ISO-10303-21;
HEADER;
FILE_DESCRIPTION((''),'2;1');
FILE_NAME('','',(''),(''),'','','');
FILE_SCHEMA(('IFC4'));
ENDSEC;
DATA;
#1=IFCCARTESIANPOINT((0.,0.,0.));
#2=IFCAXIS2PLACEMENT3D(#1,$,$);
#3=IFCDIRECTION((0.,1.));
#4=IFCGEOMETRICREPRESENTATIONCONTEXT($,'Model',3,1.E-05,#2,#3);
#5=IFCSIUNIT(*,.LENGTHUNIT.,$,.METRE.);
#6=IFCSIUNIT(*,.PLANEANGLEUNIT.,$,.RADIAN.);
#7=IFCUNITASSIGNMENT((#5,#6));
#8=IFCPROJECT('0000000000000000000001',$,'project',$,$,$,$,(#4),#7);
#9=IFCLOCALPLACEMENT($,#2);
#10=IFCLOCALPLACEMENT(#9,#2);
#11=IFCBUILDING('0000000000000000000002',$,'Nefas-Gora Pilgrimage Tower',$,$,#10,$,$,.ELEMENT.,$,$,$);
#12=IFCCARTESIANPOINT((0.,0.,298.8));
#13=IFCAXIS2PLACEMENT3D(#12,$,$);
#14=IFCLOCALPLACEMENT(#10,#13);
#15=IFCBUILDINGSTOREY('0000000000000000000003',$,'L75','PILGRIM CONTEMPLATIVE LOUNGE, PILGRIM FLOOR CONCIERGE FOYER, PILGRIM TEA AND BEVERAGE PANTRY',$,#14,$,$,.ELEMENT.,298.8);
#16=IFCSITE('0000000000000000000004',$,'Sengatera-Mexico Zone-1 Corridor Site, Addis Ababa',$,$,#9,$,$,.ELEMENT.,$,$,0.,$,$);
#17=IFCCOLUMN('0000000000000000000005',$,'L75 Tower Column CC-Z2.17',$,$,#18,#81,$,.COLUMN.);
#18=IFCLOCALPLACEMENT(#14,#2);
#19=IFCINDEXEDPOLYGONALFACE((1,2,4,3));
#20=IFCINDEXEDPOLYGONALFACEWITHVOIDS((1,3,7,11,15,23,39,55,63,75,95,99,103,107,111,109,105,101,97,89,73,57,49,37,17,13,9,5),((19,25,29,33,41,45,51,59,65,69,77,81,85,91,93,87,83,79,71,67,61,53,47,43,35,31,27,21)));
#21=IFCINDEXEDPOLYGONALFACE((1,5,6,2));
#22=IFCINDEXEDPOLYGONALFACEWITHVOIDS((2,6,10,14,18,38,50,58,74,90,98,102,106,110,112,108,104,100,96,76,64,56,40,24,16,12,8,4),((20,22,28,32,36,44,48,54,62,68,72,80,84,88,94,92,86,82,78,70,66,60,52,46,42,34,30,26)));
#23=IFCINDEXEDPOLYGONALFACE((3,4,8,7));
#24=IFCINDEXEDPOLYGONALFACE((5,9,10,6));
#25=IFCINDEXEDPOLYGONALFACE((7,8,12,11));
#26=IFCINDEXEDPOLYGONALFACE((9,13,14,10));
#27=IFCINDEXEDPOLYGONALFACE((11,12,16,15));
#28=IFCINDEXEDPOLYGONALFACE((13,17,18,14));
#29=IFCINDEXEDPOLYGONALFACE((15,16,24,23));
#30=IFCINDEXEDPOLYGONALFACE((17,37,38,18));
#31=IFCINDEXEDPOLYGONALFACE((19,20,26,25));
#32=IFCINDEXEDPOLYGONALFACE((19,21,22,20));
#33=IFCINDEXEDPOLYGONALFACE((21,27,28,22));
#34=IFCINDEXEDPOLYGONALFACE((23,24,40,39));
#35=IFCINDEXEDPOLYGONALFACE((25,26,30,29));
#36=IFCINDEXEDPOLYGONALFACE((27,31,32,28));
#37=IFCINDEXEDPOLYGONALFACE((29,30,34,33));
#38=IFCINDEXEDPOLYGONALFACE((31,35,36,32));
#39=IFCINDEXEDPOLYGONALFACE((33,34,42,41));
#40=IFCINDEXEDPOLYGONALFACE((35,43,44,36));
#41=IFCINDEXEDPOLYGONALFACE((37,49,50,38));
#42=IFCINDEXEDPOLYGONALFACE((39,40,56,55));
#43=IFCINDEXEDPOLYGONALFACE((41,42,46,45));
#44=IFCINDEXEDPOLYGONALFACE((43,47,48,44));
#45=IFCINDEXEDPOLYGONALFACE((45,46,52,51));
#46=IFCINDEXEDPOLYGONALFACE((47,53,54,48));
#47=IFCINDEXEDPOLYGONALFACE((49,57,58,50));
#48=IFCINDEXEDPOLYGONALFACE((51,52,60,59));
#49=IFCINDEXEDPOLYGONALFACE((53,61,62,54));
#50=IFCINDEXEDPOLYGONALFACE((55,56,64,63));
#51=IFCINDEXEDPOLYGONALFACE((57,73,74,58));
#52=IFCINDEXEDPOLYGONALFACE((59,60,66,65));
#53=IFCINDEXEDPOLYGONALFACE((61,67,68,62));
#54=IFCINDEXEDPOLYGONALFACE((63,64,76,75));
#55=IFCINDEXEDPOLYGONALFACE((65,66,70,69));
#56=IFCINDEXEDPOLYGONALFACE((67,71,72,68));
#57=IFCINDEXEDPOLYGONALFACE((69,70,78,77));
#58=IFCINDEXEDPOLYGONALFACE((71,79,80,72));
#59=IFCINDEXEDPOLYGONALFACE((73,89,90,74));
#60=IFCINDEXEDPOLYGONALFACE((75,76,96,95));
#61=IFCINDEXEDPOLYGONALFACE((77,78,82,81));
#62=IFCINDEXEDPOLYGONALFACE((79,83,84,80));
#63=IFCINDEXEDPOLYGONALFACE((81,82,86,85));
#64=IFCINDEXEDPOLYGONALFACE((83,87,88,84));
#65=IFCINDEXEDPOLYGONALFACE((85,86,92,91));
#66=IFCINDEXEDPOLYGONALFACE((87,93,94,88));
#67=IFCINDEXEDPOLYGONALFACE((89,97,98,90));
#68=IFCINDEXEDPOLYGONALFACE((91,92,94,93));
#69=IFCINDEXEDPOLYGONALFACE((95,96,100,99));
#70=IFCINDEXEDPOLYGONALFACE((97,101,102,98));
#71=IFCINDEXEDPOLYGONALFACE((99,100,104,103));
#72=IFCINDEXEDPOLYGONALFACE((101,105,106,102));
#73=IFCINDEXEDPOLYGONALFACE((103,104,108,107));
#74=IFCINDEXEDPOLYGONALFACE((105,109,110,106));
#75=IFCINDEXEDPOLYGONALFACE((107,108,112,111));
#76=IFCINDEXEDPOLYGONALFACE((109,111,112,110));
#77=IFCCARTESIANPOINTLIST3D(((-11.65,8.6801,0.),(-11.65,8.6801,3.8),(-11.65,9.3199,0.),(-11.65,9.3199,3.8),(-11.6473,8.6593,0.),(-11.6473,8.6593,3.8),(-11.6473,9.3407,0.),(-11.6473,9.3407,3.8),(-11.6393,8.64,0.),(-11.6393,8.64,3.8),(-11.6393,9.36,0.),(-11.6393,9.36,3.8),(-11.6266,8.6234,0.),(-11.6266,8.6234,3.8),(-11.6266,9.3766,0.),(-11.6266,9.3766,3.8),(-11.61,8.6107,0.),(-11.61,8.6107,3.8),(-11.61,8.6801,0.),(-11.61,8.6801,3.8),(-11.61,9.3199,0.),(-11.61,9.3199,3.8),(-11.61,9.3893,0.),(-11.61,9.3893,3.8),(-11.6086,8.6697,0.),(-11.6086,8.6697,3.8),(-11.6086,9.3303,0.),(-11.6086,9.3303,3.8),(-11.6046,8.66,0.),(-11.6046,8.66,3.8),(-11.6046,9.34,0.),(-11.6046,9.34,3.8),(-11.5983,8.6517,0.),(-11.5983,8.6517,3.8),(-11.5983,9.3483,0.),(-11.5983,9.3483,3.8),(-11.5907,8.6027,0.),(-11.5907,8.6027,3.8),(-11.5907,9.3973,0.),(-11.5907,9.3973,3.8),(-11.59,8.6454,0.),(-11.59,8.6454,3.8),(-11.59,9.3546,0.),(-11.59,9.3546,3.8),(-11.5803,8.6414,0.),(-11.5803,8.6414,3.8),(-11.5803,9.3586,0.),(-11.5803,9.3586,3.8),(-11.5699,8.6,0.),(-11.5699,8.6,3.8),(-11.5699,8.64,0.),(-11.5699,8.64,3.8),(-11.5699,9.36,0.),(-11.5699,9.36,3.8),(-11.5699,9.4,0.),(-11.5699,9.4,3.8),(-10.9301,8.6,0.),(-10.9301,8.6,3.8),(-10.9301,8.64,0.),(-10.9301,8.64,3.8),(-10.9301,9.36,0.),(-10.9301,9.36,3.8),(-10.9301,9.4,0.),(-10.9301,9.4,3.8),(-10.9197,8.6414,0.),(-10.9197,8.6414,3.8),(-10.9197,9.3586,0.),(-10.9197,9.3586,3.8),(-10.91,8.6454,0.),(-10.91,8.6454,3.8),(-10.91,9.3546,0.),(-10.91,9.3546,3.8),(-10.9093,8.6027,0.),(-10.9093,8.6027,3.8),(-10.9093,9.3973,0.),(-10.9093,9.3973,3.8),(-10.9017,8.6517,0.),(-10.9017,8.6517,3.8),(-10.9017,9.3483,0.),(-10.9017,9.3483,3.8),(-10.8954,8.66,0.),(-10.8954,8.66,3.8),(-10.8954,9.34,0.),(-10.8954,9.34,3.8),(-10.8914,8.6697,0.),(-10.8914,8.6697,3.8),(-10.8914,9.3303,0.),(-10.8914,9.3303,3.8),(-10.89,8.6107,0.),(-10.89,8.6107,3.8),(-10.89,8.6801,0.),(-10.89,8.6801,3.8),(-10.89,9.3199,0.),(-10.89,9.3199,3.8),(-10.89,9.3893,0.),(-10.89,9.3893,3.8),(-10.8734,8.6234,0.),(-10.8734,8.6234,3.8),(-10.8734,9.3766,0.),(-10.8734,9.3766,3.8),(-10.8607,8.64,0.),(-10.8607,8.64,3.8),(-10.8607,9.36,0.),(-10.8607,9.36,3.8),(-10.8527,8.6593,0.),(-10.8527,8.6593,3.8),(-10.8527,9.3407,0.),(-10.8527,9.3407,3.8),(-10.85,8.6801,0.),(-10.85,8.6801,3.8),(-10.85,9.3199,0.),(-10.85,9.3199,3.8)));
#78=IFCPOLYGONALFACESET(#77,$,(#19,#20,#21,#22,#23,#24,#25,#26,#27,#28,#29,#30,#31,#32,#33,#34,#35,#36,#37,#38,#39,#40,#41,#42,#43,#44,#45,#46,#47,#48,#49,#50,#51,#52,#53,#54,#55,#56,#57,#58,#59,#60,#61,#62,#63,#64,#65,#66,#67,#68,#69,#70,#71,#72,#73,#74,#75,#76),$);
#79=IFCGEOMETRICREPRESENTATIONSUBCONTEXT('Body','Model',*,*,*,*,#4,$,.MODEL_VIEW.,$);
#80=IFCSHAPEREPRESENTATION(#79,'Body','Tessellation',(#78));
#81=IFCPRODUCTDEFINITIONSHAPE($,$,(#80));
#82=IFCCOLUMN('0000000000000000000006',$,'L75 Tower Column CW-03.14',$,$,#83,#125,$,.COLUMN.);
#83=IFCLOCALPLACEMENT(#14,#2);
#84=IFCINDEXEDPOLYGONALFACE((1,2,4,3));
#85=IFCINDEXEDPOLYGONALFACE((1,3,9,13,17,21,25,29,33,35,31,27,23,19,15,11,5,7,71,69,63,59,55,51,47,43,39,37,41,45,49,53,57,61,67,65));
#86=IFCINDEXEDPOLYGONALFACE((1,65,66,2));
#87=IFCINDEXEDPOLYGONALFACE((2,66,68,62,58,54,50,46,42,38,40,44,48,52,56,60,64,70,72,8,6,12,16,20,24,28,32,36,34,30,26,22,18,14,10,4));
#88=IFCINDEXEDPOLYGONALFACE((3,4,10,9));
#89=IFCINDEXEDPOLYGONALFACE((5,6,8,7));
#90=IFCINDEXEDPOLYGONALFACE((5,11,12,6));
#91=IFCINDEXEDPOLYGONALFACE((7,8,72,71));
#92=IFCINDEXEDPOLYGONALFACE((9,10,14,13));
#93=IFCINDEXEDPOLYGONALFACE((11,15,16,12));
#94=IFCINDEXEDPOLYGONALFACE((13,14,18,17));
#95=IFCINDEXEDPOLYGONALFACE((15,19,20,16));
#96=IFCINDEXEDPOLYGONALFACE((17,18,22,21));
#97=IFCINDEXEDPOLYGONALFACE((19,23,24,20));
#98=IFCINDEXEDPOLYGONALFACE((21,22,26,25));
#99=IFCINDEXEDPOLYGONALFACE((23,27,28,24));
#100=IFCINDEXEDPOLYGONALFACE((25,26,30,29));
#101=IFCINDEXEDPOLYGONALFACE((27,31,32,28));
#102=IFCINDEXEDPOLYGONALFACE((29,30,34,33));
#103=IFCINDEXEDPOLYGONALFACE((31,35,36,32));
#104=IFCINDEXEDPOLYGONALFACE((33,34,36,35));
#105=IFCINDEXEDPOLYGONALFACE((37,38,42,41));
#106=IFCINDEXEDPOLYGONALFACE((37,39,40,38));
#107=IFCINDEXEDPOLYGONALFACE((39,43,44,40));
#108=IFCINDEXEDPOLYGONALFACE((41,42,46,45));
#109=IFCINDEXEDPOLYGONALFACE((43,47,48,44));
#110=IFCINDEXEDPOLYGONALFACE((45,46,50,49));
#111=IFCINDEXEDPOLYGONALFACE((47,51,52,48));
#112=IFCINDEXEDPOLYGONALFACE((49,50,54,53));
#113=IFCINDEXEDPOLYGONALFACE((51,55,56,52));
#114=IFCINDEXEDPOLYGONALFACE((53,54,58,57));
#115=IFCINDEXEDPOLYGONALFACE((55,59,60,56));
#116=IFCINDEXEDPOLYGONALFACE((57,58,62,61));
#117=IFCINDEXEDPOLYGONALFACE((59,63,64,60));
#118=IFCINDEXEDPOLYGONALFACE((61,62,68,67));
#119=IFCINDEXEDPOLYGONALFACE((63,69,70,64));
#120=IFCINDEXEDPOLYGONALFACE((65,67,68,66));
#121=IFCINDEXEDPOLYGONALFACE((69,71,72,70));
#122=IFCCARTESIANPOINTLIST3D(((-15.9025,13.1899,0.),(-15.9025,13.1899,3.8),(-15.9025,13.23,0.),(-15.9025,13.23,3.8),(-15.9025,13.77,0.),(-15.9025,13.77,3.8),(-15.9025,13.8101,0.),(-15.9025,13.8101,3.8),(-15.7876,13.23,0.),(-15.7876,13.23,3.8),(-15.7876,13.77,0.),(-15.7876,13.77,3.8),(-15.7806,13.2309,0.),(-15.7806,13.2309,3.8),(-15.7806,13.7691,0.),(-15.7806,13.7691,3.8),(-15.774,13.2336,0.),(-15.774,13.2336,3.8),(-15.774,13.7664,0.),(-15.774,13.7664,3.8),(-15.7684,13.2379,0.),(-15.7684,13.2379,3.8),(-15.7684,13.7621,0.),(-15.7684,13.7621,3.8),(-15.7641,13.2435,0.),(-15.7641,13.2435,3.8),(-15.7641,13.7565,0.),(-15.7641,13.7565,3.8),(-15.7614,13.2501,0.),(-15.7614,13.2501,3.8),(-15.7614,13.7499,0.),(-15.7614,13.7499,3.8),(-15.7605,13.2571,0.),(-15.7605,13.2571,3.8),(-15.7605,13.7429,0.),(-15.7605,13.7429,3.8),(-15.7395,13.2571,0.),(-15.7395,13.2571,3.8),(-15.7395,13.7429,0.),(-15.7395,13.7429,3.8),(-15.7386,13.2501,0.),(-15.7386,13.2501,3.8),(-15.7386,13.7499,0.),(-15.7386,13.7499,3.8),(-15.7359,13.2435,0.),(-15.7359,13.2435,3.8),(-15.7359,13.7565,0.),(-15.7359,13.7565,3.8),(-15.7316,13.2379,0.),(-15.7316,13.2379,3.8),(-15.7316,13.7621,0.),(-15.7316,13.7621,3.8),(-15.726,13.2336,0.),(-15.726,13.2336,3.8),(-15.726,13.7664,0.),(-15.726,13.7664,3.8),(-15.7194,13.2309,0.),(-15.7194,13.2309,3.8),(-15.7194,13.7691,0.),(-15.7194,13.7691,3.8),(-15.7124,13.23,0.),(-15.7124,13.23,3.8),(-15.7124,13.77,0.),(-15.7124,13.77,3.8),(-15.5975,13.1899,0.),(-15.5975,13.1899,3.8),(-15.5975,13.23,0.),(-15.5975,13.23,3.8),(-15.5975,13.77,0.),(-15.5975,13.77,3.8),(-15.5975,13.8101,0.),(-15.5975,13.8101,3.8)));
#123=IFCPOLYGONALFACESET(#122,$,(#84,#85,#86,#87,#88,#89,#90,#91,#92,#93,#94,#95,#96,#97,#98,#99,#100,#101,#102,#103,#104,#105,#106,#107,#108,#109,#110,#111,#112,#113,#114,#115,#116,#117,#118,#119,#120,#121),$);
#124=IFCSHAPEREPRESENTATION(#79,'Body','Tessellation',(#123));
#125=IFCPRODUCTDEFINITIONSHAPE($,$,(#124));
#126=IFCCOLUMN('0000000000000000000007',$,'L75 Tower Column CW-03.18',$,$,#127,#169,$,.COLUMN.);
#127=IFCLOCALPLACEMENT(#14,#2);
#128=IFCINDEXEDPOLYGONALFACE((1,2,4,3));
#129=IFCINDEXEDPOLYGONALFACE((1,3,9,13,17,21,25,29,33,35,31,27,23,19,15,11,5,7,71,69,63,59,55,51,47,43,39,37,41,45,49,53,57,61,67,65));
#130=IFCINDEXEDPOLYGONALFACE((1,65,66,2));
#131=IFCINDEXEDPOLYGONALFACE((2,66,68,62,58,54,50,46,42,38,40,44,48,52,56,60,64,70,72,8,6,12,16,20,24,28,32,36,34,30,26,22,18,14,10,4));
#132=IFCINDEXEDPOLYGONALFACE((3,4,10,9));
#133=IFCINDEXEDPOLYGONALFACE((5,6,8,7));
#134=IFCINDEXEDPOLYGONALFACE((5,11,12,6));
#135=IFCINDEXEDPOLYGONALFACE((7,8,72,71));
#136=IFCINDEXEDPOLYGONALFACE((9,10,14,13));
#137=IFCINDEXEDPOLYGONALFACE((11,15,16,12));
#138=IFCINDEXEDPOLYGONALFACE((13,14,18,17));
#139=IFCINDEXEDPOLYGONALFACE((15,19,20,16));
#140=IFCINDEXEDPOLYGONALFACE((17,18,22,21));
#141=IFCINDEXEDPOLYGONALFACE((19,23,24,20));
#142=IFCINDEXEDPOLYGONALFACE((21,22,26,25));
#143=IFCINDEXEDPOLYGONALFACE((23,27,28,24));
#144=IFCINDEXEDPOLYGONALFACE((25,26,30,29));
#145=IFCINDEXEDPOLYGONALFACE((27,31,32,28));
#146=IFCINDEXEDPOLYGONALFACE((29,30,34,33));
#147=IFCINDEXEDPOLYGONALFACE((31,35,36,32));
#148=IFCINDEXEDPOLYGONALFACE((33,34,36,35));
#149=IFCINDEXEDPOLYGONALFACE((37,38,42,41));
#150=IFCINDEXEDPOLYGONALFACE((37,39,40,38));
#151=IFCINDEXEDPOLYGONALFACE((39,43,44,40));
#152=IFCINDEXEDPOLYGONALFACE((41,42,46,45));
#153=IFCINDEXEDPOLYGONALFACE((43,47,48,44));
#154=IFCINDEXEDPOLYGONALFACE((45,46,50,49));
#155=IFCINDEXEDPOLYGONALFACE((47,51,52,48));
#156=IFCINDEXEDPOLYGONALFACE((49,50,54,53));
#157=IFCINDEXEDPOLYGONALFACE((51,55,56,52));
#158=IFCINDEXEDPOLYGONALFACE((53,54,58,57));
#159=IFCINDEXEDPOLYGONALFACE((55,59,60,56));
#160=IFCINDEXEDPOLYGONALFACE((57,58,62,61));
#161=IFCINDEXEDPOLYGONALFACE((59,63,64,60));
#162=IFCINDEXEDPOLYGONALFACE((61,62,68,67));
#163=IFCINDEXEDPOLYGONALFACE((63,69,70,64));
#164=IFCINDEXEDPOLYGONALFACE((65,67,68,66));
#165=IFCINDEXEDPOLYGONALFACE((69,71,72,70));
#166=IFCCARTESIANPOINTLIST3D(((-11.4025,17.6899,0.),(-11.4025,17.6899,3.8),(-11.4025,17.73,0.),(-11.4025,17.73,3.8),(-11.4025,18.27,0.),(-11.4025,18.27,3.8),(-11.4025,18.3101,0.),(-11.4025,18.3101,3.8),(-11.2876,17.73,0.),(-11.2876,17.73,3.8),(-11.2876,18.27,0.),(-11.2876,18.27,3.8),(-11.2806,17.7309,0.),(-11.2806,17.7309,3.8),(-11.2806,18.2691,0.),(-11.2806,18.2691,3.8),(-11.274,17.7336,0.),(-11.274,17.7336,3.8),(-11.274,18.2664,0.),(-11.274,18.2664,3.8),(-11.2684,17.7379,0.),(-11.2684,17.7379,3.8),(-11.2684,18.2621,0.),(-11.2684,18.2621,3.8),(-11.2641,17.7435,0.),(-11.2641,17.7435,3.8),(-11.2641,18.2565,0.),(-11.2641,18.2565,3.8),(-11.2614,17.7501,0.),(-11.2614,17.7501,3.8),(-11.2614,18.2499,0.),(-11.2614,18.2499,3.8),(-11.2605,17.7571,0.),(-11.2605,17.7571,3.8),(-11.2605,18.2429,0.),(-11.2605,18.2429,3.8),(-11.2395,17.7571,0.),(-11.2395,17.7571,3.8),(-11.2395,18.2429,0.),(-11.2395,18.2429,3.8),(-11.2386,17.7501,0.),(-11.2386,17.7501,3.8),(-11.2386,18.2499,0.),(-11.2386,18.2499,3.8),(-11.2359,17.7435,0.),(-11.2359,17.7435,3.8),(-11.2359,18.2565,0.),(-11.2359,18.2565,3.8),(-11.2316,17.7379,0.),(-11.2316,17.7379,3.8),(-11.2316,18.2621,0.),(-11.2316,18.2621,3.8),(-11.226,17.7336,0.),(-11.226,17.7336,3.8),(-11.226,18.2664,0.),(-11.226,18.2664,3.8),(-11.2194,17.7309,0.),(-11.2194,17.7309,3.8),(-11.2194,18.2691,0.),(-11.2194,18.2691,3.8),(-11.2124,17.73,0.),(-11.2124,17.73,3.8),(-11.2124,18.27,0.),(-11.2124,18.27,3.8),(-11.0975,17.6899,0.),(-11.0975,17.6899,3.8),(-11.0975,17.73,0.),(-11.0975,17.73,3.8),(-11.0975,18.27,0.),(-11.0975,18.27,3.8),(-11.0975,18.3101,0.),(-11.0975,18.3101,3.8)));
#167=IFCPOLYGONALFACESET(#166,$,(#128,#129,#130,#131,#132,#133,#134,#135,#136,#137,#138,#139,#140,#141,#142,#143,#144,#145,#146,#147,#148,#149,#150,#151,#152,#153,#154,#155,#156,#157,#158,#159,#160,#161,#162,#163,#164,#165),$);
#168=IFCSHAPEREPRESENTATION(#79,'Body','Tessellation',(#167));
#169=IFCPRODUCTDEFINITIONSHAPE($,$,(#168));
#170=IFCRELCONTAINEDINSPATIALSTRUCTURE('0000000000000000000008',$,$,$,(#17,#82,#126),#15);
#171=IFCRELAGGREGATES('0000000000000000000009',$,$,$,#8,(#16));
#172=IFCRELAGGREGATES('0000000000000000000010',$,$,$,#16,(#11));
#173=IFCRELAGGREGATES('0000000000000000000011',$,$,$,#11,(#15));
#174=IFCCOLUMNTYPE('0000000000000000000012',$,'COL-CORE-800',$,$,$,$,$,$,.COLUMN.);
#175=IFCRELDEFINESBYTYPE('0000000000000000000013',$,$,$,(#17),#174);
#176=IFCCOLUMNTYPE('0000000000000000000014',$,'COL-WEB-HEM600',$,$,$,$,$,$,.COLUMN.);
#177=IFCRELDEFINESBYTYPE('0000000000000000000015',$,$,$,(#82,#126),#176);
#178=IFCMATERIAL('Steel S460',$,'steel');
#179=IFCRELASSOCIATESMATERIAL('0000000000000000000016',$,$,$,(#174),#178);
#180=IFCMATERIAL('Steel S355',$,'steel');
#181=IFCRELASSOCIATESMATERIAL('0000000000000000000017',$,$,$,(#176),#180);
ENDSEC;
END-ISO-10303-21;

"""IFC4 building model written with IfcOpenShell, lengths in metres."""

from ifc_helpers import new_model, si_unit, direction, frame, origin, origin_2d, place, context, subcontext, project, spatial, hollow_rectangle, i_section, extrude, source, transform, mapped, material, material_profile, profile_set, type_object, element, save


model = new_model("IFC4")

# Units and contexts
model_context = context("Model", 3, precision=1e-05, world=origin(), true_north=direction((0.0, 1.0)))
body_context = subcontext(model_context, "Body", "Model", "MODEL_VIEW")
ifc_project = project(units=[si_unit("LENGTHUNIT", "METRE"), si_unit("PLANEANGLEUNIT", "RADIAN")], contexts=[model_context])

# Site, building, storey
site_placement = place(None, origin())
site = spatial("IfcSite", under=ifc_project, at=site_placement, Name="Sengatera-Mexico Zone-1 Corridor Site, Addis Ababa", CompositionType="ELEMENT", RefElevation=0.0)
building_placement = place(site_placement, origin())
building = spatial("IfcBuilding", under=site, at=building_placement, Name="Nefas-Gora Pilgrimage Tower", CompositionType="ELEMENT")
storey_placement = place(building_placement, frame((0.0, 0.0, 298.8)))
storey = spatial("IfcBuildingStorey", under=building, at=storey_placement, Name="L75", Description="PILGRIM CONTEMPLATIVE LOUNGE, PILGRIM FLOOR CONCIERGE FOYER, PILGRIM TEA AND BEVERAGE PANTRY", CompositionType="ELEMENT", Elevation=298.8)

# Columns
ifc_material_1 = material(Name="Steel S460", Category="steel")
ifc_material_profile_1 = material_profile(ifc_material_1, hollow_rectangle(XDim=0.8, YDim=0.8, WallThickness=0.04, InnerFilletRadius=0.04, OuterFilletRadius=0.0801, at=origin_2d()), Name="BOX 800x800x40")
ifc_profile_set_1 = profile_set([ifc_material_profile_1], Name="Steel S460")
column_type_1 = type_object("IfcColumnType", Name="COL-CORE-800", PredefinedType="COLUMN", material=ifc_profile_set_1)
shared_shape_1 = source(origin(), body_context, "Body", "SweptSolid", [
    extrude(hollow_rectangle(XDim=0.8, YDim=0.8, WallThickness=0.04, InnerFilletRadius=0.04, OuterFilletRadius=0.0801, at=origin_2d()), origin(), (0.0, 0.0, 1.0), 3.8),
])
column_1_placement = place(storey_placement, frame((-11.25, 9.0, 0.0), z_axis=(0.0, 0.0, 1.0), x_axis=(1.0, 0.0, 0.0)))
element("IfcColumn", 1, at=column_1_placement, inside=storey, type_object=column_type_1, Name="L75 Tower Column CC-Z2.17", PredefinedType="COLUMN", context=body_context, shape_type="MappedRepresentation", body=[
    mapped(shared_shape_1, transform((0.0, 0.0, 0.0), x_axis=(1.0, 0.0, 0.0), y_axis=(0.0, 1.0, 0.0), z_axis=(0.0, 0.0, 1.0), scale=1.0)),
])
ifc_material_2 = material(Name="Steel S355", Category="steel")
ifc_material_profile_2 = material_profile(ifc_material_2, i_section(OverallWidth=0.3049, OverallDepth=0.6201, WebThickness=0.021, FlangeThickness=0.04, FilletRadius=0.0271, at=origin_2d()), Name="HEM 600")
ifc_profile_set_2 = profile_set([ifc_material_profile_2], Name="Steel S355")
column_type_2 = type_object("IfcColumnType", Name="COL-WEB-HEM600", PredefinedType="COLUMN", material=ifc_profile_set_2)
shared_shape_2 = source(origin(), body_context, "Body", "SweptSolid", [
    extrude(i_section(OverallWidth=0.3049, OverallDepth=0.6201, WebThickness=0.021, FlangeThickness=0.04, FilletRadius=0.0271, at=origin_2d()), origin(), (0.0, 0.0, 1.0), 3.8),
])
for number, where, z_axis, x_axis, name in (
    (2, (-15.75, 13.5, 0.0), (0.0, 0.0, 1.0), (1.0, 0.0, 0.0), "L75 Tower Column CW-03.14"),
    (3, (-11.25, 18.0, 0.0), (0.0, 0.0, 1.0), (1.0, 0.0, 0.0), "L75 Tower Column CW-03.18"),
):
    element("IfcColumn", number, at=place(storey_placement, frame(where, z_axis=z_axis, x_axis=x_axis)), inside=storey, type_object=column_type_2, Name=name, PredefinedType="COLUMN", context=body_context, shape_type="MappedRepresentation", body=[
        mapped(shared_shape_2, transform((0.0, 0.0, 0.0), x_axis=(1.0, 0.0, 0.0), y_axis=(0.0, 1.0, 0.0), z_axis=(0.0, 0.0, 1.0), scale=1.0)),
    ])

save(model, "model.ifc")
